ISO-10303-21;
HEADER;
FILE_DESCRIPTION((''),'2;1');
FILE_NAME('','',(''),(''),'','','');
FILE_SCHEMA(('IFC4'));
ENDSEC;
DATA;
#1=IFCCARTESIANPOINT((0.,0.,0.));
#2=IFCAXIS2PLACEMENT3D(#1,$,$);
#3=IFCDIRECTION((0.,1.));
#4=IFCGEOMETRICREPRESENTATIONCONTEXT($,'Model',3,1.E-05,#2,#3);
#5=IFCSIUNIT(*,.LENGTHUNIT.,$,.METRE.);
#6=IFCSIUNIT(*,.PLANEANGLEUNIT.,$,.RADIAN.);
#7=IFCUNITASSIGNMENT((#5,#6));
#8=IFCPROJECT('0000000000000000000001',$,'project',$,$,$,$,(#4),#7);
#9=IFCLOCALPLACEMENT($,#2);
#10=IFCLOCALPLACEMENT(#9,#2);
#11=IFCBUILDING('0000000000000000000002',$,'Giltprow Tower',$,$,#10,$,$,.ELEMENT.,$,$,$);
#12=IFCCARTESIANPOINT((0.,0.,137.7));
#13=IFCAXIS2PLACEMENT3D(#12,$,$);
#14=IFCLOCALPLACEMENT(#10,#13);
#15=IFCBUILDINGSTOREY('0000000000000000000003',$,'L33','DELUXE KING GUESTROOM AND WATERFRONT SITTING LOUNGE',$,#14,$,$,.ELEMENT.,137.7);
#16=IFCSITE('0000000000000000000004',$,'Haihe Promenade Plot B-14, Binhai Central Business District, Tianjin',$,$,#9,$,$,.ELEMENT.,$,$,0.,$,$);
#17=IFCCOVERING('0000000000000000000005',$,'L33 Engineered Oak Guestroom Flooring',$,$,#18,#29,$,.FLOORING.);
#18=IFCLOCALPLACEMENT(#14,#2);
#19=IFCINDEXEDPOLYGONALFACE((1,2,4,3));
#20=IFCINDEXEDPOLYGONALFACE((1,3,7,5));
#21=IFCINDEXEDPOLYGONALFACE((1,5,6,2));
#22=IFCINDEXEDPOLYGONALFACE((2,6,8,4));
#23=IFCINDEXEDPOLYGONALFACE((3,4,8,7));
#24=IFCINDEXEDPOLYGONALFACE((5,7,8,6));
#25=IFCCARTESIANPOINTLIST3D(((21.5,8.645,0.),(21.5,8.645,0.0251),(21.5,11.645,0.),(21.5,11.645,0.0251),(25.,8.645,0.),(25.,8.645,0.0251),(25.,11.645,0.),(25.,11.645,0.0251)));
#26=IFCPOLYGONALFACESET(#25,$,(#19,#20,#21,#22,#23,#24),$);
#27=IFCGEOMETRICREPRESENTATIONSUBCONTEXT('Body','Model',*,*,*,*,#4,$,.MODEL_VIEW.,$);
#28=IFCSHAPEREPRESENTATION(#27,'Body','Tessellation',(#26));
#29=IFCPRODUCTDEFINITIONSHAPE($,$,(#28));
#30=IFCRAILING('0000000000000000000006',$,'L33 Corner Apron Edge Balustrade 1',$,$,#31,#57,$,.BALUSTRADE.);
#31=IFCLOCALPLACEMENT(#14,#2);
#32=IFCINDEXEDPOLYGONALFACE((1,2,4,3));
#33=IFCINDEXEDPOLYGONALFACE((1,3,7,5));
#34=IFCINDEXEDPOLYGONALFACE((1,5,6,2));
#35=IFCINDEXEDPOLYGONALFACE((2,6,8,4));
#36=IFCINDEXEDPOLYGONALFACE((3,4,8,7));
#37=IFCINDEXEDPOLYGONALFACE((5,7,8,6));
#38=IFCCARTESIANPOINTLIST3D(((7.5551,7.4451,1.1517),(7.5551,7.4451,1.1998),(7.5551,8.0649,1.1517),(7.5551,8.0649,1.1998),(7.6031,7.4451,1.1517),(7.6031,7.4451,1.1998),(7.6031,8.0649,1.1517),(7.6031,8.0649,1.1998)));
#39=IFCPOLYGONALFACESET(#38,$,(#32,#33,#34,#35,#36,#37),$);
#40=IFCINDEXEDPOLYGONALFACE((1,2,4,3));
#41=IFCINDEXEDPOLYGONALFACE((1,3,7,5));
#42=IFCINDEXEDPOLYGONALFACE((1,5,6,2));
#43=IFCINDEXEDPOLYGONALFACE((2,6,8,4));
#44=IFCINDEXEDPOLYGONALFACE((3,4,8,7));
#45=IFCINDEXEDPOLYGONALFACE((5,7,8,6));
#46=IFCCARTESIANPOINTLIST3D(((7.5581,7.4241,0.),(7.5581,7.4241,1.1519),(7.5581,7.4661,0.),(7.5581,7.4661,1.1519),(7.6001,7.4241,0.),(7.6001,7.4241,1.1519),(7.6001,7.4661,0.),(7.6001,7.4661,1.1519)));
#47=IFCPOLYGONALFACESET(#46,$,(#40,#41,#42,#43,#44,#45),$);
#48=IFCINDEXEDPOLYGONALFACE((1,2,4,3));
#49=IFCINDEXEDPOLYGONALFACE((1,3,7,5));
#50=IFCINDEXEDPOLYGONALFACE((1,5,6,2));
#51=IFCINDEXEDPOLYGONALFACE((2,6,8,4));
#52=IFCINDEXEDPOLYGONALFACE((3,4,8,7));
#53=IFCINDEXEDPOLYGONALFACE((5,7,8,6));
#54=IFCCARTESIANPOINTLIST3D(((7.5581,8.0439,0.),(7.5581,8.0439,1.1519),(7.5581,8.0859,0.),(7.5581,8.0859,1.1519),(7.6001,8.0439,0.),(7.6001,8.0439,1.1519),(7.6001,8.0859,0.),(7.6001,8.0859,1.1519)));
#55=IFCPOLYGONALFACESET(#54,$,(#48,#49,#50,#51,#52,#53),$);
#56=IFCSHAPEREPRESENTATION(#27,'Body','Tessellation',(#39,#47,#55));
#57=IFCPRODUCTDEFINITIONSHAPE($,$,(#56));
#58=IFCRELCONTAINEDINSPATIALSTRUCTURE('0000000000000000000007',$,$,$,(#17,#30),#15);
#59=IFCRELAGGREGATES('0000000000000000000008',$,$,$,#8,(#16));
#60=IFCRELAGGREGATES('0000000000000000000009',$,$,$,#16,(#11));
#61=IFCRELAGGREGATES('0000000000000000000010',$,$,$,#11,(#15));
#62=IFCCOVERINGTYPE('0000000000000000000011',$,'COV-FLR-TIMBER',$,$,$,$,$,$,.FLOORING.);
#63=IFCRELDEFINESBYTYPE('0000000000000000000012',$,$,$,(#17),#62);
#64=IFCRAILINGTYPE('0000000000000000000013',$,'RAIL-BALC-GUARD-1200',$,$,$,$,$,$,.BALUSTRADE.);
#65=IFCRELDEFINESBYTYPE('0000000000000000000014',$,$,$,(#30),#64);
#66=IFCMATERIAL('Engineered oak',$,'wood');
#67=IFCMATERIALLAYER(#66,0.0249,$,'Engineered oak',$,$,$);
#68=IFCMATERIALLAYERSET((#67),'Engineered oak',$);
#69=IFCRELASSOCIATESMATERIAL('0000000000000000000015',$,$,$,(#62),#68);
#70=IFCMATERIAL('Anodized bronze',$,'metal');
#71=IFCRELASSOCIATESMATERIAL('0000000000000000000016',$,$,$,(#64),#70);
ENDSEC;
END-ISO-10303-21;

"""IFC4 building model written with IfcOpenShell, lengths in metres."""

from ifc_helpers import new_model, si_unit, direction, frame, origin, origin_2d, place, context, subcontext, project, spatial, polyline, rectangle, outline, extrude, material, layer, layer_set, type_object, element, save


model = new_model("IFC4")

# Units and contexts
model_context = context("Model", 3, precision=1e-05, world=origin(), true_north=direction((0.0, 1.0)))
body_context = subcontext(model_context, "Body", "Model", "MODEL_VIEW")
ifc_project = project(units=[si_unit("LENGTHUNIT", "METRE"), si_unit("PLANEANGLEUNIT", "RADIAN")], contexts=[model_context])

# Site, building, storey
site_placement = place(None, origin())
site = spatial("IfcSite", under=ifc_project, at=site_placement, Name="Haihe Promenade Plot B-14, Binhai Central Business District, Tianjin", CompositionType="ELEMENT", RefElevation=0.0)
building_placement = place(site_placement, origin())
building = spatial("IfcBuilding", under=site, at=building_placement, Name="Giltprow Tower", CompositionType="ELEMENT")
storey_placement = place(building_placement, frame((0.0, 0.0, 137.7)))
storey = spatial("IfcBuildingStorey", under=building, at=storey_placement, Name="L33", Description="DELUXE KING GUESTROOM AND WATERFRONT SITTING LOUNGE", CompositionType="ELEMENT", Elevation=137.7)

# Shared definitions
ifc_material_1 = material(Name="Anodized bronze", Category="metal")

# Covering
ifc_material_2 = material(Name="Engineered oak", Category="wood")
ifc_layer_1 = layer(ifc_material_2, 0.0249, Name="Engineered oak")
ifc_layer_set_1 = layer_set([ifc_layer_1], Name="Engineered oak")
covering_type_1 = type_object("IfcCoveringType", Name="COV-FLR-TIMBER", PredefinedType="FLOORING", material=ifc_layer_set_1)
covering_1_placement = place(storey_placement, origin())
element("IfcCovering", 1, at=covering_1_placement, inside=storey, type_object=covering_type_1, Name="L33 Engineered Oak Guestroom Flooring", PredefinedType="FLOORING", context=body_context, shape_type="SweptSolid", body=[
    extrude(outline(polyline([(21.5, 8.645), (25.0, 8.645), (25.0, 11.645), (21.5, 11.645), (21.5, 8.645)])), origin(), (0.0, 0.0, 1.0), 0.0251),
])

# Railing
railing_type = type_object("IfcRailingType", Name="RAIL-BALC-GUARD-1200", PredefinedType="BALUSTRADE", material=ifc_material_1)
railing_placement = place(storey_placement, frame((7.5791, 7.4451, 0.0)))
element("IfcRailing", 2, at=railing_placement, inside=storey, type_object=railing_type, Name="L33 Corner Apron Edge Balustrade 1", PredefinedType="BALUSTRADE", context=body_context, shape_type="SweptSolid", body=[
    extrude(rectangle(XDim=0.0481, YDim=0.0481, at=origin_2d()), frame((0.0, 0.0, 1.1758), z_axis=(0.0, 1.0, 0.0), x_axis=(-1.0, 0.0, 0.0)), (0.0, 0.0, 1.0), 0.6199),
    extrude(rectangle(XDim=0.042, YDim=0.042, at=origin_2d()), origin(), (0.0, 0.0, 1.0), 1.1519),
    extrude(rectangle(XDim=0.042, YDim=0.042, at=origin_2d()), frame((0.0, 0.6199, 0.0)), (0.0, 0.0, 1.0), 1.1519),
])

save(model, "model.ifc")
